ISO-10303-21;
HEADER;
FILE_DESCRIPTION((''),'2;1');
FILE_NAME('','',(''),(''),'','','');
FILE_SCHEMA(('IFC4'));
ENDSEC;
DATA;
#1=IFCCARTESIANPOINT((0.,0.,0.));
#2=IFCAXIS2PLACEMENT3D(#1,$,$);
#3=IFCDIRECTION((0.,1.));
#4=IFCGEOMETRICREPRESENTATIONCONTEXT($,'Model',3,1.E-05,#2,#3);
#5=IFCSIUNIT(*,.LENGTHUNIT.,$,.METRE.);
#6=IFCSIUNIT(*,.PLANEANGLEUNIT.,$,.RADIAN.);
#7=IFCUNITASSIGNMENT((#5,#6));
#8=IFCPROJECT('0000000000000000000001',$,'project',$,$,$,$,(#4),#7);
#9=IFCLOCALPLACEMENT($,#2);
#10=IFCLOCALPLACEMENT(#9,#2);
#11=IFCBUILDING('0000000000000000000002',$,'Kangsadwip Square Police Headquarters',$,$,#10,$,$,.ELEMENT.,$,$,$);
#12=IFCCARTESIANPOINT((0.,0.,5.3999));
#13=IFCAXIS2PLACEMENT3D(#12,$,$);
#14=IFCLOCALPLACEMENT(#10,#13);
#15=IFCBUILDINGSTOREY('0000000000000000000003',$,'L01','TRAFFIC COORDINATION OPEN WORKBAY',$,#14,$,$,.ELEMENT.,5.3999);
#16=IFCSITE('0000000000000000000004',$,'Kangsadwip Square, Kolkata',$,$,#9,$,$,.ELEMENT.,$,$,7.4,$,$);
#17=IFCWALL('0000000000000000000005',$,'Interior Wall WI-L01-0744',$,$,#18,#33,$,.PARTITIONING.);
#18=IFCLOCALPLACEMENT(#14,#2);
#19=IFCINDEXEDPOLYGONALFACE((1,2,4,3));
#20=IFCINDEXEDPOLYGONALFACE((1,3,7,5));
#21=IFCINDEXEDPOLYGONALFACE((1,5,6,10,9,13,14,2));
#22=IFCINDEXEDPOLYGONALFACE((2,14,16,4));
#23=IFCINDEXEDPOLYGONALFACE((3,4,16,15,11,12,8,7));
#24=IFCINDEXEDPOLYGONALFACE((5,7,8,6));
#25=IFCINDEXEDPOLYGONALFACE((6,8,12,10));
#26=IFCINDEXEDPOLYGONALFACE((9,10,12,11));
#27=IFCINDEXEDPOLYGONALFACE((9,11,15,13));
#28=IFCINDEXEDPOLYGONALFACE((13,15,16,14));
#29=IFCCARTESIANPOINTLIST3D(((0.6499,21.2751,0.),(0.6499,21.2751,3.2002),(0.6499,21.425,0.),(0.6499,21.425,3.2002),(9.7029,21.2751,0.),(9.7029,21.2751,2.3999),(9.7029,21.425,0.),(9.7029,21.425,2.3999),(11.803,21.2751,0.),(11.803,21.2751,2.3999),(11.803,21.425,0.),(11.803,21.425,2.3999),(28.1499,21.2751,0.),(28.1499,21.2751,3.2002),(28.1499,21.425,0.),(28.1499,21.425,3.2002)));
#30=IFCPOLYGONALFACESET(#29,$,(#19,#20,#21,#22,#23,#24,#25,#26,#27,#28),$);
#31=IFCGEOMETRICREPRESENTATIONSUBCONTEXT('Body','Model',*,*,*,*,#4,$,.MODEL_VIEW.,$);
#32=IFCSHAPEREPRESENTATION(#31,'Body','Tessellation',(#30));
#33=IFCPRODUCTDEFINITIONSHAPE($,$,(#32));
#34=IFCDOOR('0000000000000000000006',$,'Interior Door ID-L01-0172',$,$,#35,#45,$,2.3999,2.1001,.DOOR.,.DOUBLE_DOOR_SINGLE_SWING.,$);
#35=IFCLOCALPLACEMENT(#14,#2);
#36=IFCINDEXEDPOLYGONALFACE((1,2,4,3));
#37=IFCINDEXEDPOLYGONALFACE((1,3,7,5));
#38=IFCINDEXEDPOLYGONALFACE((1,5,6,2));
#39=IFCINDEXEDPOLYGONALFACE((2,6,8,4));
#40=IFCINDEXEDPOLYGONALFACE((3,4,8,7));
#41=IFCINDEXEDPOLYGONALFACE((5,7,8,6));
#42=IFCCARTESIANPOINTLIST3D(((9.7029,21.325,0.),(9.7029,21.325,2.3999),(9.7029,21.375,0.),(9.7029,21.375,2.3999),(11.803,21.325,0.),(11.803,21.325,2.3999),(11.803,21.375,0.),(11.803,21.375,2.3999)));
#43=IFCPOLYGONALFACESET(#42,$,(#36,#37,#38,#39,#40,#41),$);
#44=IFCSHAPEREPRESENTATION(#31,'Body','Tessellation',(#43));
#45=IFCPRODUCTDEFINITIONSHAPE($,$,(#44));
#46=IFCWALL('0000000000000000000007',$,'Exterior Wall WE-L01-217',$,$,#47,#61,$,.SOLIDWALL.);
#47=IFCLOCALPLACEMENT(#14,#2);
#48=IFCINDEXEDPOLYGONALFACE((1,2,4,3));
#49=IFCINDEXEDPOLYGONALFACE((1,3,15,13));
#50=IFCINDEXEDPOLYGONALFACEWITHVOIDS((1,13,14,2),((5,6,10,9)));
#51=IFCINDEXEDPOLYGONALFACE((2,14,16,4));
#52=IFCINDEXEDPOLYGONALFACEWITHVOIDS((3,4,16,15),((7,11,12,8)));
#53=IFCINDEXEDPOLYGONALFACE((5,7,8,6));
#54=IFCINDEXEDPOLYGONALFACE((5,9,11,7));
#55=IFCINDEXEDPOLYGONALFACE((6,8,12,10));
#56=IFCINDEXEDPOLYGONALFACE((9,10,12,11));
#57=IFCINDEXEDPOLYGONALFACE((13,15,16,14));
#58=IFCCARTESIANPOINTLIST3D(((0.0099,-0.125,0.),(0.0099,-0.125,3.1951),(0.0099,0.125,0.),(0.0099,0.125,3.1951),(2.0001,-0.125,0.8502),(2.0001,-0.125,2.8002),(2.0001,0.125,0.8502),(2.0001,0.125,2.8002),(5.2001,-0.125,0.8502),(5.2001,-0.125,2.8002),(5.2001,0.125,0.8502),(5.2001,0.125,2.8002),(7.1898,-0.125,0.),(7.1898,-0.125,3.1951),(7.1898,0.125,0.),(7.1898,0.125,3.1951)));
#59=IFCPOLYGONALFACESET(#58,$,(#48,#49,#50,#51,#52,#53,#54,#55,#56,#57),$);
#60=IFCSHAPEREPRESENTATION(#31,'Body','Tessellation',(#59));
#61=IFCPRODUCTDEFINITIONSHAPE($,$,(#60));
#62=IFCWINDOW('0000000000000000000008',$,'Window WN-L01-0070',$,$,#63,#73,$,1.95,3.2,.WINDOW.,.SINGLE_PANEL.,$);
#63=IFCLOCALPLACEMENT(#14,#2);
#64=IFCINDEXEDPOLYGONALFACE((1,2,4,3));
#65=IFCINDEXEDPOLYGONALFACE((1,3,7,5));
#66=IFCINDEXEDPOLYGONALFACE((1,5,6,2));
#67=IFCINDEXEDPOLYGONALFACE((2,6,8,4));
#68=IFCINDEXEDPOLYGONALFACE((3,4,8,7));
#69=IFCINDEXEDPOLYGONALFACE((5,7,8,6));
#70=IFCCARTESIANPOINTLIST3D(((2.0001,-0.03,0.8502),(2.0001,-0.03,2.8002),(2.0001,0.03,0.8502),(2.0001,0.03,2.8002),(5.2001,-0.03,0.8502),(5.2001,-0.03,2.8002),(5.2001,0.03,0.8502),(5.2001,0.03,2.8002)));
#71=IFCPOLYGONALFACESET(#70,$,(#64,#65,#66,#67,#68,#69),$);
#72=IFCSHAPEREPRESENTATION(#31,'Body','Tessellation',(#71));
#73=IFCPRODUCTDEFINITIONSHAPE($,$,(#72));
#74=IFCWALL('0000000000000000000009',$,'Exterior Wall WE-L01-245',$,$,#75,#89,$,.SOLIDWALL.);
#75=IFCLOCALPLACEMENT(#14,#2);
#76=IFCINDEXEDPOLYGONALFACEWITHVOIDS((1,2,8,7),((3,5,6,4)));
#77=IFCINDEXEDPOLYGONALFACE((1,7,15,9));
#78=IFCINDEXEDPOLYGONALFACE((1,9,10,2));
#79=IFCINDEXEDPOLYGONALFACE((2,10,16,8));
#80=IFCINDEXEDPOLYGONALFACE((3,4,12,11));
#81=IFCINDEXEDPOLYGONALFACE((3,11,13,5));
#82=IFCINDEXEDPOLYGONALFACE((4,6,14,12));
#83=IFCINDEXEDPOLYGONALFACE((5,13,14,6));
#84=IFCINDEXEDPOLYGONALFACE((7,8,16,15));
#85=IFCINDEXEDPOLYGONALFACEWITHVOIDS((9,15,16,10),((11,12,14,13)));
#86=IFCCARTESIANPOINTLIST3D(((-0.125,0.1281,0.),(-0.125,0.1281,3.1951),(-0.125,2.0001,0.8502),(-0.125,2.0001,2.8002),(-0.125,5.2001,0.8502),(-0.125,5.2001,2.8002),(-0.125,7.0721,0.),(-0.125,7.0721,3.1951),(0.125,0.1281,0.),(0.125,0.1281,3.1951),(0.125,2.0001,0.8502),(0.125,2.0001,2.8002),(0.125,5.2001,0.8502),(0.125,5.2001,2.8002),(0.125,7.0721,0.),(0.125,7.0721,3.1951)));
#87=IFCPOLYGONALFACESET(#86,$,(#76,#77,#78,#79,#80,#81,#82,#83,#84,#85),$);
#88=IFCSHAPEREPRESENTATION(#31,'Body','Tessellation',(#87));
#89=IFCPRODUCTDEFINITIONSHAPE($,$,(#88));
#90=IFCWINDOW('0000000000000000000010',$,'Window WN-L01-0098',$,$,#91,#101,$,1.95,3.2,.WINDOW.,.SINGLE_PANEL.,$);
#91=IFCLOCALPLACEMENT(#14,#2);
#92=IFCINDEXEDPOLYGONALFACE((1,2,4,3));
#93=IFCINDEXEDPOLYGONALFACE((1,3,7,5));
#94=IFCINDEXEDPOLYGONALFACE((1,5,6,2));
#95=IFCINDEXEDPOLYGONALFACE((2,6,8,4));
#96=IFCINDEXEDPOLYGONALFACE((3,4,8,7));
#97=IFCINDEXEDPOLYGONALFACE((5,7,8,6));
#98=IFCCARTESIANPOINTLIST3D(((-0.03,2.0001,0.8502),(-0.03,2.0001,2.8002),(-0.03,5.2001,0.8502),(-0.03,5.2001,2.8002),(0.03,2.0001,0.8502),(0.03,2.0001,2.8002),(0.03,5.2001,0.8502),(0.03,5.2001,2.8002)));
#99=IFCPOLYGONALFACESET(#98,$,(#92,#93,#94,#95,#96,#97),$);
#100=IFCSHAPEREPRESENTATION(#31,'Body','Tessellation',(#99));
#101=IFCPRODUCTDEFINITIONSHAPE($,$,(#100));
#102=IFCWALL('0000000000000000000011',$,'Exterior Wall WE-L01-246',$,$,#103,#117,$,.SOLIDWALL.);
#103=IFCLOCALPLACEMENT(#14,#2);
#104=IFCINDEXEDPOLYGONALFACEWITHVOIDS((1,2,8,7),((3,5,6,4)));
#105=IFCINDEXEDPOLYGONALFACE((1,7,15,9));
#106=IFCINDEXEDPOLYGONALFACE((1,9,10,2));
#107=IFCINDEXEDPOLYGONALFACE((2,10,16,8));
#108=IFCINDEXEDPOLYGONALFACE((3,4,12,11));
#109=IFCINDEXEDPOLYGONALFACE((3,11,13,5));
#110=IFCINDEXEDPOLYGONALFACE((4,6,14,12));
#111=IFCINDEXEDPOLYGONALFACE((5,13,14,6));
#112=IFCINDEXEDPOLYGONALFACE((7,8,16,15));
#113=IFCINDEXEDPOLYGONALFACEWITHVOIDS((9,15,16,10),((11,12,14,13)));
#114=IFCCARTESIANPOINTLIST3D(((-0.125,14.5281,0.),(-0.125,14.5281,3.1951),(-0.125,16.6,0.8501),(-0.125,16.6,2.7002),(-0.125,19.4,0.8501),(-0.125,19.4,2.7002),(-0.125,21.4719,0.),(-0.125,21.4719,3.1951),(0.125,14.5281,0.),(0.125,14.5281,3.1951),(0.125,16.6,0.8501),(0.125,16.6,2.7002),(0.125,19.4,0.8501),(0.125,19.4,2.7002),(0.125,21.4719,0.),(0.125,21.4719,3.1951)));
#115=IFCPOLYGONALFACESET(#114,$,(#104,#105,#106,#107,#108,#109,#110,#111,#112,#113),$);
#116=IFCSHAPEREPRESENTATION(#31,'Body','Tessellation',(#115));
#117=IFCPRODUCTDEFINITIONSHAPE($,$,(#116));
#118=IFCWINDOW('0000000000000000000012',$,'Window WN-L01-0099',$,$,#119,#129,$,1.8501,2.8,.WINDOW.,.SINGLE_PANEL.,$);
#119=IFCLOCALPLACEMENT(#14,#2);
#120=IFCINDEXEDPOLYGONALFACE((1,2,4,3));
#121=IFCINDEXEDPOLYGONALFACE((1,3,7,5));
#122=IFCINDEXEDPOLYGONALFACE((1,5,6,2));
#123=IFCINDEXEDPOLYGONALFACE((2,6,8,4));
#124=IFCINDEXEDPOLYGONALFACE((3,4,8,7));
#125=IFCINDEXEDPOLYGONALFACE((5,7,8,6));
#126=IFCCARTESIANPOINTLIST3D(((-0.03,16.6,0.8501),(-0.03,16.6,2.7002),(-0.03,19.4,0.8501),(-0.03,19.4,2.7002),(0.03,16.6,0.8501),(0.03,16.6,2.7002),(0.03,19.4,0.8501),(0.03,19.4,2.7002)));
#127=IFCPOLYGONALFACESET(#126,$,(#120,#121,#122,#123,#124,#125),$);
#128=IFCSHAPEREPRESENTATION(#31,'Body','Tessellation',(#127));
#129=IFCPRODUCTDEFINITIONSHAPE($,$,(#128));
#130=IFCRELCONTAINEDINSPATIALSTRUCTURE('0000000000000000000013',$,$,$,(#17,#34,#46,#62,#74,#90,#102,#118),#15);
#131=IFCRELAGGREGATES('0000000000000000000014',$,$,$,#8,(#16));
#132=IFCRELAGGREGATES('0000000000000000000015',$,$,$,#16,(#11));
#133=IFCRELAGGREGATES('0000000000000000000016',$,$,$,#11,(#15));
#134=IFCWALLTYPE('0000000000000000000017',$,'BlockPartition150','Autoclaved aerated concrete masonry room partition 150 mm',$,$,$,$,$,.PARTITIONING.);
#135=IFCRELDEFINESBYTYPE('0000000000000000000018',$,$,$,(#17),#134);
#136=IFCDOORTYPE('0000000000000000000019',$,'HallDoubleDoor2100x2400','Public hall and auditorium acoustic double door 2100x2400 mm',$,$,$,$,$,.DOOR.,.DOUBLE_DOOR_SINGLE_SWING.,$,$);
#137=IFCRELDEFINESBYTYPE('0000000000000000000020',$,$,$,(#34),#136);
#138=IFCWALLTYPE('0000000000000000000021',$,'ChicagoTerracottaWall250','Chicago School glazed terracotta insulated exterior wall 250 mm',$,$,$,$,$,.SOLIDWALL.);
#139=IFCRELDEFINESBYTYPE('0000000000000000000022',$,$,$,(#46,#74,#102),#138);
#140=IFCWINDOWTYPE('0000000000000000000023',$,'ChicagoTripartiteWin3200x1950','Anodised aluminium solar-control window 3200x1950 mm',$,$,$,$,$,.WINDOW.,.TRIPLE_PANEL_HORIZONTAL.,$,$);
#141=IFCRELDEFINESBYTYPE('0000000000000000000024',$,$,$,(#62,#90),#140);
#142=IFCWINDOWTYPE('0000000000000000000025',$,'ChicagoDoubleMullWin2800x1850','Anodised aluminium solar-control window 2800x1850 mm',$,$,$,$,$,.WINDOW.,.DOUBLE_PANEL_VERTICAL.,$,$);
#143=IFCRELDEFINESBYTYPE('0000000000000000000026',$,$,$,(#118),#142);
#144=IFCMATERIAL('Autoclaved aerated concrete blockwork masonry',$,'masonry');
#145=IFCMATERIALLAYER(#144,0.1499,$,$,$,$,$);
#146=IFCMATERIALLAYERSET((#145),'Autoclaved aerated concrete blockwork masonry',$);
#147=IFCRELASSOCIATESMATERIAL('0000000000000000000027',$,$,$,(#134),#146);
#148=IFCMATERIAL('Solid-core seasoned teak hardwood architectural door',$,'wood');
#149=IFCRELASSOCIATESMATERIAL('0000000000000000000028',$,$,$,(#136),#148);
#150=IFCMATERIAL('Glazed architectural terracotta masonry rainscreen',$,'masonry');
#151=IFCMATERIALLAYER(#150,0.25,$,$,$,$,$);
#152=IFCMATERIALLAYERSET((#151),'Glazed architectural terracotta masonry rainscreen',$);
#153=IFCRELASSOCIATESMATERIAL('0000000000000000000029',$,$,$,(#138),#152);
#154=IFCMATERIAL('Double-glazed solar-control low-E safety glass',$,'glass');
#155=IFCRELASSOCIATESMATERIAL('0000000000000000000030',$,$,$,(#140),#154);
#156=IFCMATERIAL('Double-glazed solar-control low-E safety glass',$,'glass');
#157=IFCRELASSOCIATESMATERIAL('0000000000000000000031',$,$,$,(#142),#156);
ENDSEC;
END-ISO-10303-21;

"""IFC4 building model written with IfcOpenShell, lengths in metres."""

from ifc_helpers import new_model, si_unit, direction, frame, frame_2d, origin, place, context, subcontext, project, spatial, rectangle, extrude, material, layer, layer_set, type_object, element, fill, save


model = new_model("IFC4")

# Units and contexts
model_context = context("Model", 3, precision=1e-05, world=origin(), true_north=direction((0.0, 1.0)))
body_context = subcontext(model_context, "Body", "Model", "MODEL_VIEW")
ifc_project = project(units=[si_unit("LENGTHUNIT", "METRE"), si_unit("PLANEANGLEUNIT", "RADIAN")], contexts=[model_context])

# Site, building, storey
site_placement = place(None, origin())
site = spatial("IfcSite", under=ifc_project, at=site_placement, Name="Kangsadwip Square, Kolkata", CompositionType="ELEMENT", RefElevation=7.4)
building_placement = place(site_placement, origin())
building = spatial("IfcBuilding", under=site, at=building_placement, Name="Kangsadwip Square Police Headquarters", CompositionType="ELEMENT")
storey_placement = place(building_placement, frame((0.0, 0.0, 5.3999)))
storey = spatial("IfcBuildingStorey", under=building, at=storey_placement, Name="L01", Description="TRAFFIC COORDINATION OPEN WORKBAY", CompositionType="ELEMENT", Elevation=5.3999)

# Wall, opening, door
ifc_material_1 = material(Name="Autoclaved aerated concrete blockwork masonry", Category="masonry")
ifc_layer_1 = layer(ifc_material_1, 0.1499)
ifc_layer_set_1 = layer_set([ifc_layer_1], Name="Autoclaved aerated concrete blockwork masonry")
wall_type_1 = type_object("IfcWallType", Name="BlockPartition150", Description="Autoclaved aerated concrete masonry room partition 150 mm", PredefinedType="PARTITIONING", material=ifc_layer_set_1)
wall_1_placement = place(storey_placement, frame((0.6499, 21.3501, 0.0), z_axis=(0.0, 0.0, 1.0), x_axis=(1.0, 0.0, 0.0)))
wall_1 = element("IfcWall", 1, at=wall_1_placement, inside=storey, type_object=wall_type_1, Name="Interior Wall WI-L01-0744", PredefinedType="PARTITIONING", context=body_context, shape_type="SweptSolid", body=[
    extrude(rectangle(XDim=27.5, YDim=0.1499, at=frame_2d((13.75, 0.0))), origin(), (0.0, 0.0, 1.0), 3.2002),
])
opening_1_placement = place(wall_1_placement, frame((9.053, 0.0, 0.0)))
opening_1 = element("IfcOpeningElement", 2, at=opening_1_placement, cuts=wall_1, PredefinedType="OPENING", context=body_context, shape_type="SweptSolid", body=[
    extrude(rectangle(XDim=2.1001, YDim=2.3999, at=frame_2d((1.05, 1.2))), frame((0.0, 0.085, 0.0), z_axis=(0.0, -1.0, 0.0), x_axis=(1.0, 0.0, 0.0)), (0.0, 0.0, 1.0), 0.1699),
])
ifc_material_2 = material(Name="Solid-core seasoned teak hardwood architectural door", Category="wood")
door_type = type_object("IfcDoorType", Name="HallDoubleDoor2100x2400", Description="Public hall and auditorium acoustic double door 2100x2400 mm", OperationType="DOUBLE_DOOR_SINGLE_SWING", PredefinedType="DOOR", material=ifc_material_2)
door_placement = place(opening_1_placement, origin())
door = element("IfcDoor", 3, at=door_placement, inside=storey, type_object=door_type, Name="Interior Door ID-L01-0172", OperationType="DOUBLE_DOOR_SINGLE_SWING", OverallHeight=2.3999, OverallWidth=2.1001, PredefinedType="DOOR", context=body_context, shape_type="SweptSolid", body=[
    extrude(rectangle(XDim=2.1001, YDim=2.3999, at=frame_2d((1.05, 1.2))), frame((0.0, 0.0249, 0.0), z_axis=(0.0, -1.0, 0.0), x_axis=(1.0, 0.0, 0.0)), (0.0, 0.0, 1.0), 0.05),
])
fill(opening_1, door)

# Walls, openings, windows
ifc_material_3 = material(Name="Glazed architectural terracotta masonry rainscreen", Category="masonry")
ifc_layer_2 = layer(ifc_material_3, 0.25)
ifc_layer_set_2 = layer_set([ifc_layer_2], Name="Glazed architectural terracotta masonry rainscreen")
wall_type_2 = type_object("IfcWallType", Name="ChicagoTerracottaWall250", Description="Chicago School glazed terracotta insulated exterior wall 250 mm", PredefinedType="SOLIDWALL", material=ifc_layer_set_2)
wall_2_placement = place(storey_placement, frame((0.01, 0.0, 0.0), z_axis=(0.0, 0.0, 1.0), x_axis=(1.0, 0.0, 0.0)))
wall_2 = element("IfcWall", 4, at=wall_2_placement, inside=storey, type_object=wall_type_2, Name="Exterior Wall WE-L01-217", PredefinedType="SOLIDWALL", context=body_context, shape_type="SweptSolid", body=[
    extrude(rectangle(XDim=7.1799, YDim=0.25, at=frame_2d((3.5898, 0.0))), origin(), (0.0, 0.0, 1.0), 3.1951),
])
opening_2_placement = place(wall_2_placement, frame((1.99, 0.0, 0.8501)))
opening_2 = element("IfcOpeningElement", 5, at=opening_2_placement, cuts=wall_2, PredefinedType="OPENING", context=body_context, shape_type="SweptSolid", body=[
    extrude(rectangle(XDim=3.2, YDim=1.95, at=frame_2d((1.6001, 0.9751))), frame((0.0, 0.135, 0.0), z_axis=(0.0, -1.0, 0.0), x_axis=(1.0, 0.0, 0.0)), (0.0, 0.0, 1.0), 0.27),
])
ifc_material_4 = material(Name="Double-glazed solar-control low-E safety glass", Category="glass")
window_type_1 = type_object("IfcWindowType", Name="ChicagoTripartiteWin3200x1950", Description="Anodised aluminium solar-control window 3200x1950 mm", PartitioningType="TRIPLE_PANEL_HORIZONTAL", PredefinedType="WINDOW", material=ifc_material_4)
window_1_placement = place(opening_2_placement, origin())
window_1 = element("IfcWindow", 6, at=window_1_placement, inside=storey, type_object=window_type_1, Name="Window WN-L01-0070", OverallHeight=1.95, OverallWidth=3.2, PartitioningType="SINGLE_PANEL", PredefinedType="WINDOW", context=body_context, shape_type="SweptSolid", body=[
    extrude(rectangle(XDim=3.2, YDim=1.95, at=frame_2d((1.6001, 0.9751))), frame((0.0, 0.03, 0.0), z_axis=(0.0, -1.0, 0.0), x_axis=(1.0, 0.0, 0.0)), (0.0, 0.0, 1.0), 0.0601),
])
fill(opening_2, window_1)
wall_3_placement = place(storey_placement, frame((0.0, 0.1279, 0.0), z_axis=(0.0, 0.0, 1.0), x_axis=(0.0, 1.0, 0.0)))
wall_3 = element("IfcWall", 7, at=wall_3_placement, inside=storey, type_object=wall_type_2, Name="Exterior Wall WE-L01-245", PredefinedType="SOLIDWALL", context=body_context, shape_type="SweptSolid", body=[
    extrude(rectangle(XDim=6.9441, YDim=0.25, at=frame_2d((3.4722, 0.0))), origin(), (0.0, 0.0, 1.0), 3.1951),
])
opening_3_placement = place(wall_3_placement, frame((1.8721, 0.0, 0.8501)))
opening_3 = element("IfcOpeningElement", 8, at=opening_3_placement, cuts=wall_3, PredefinedType="OPENING", context=body_context, shape_type="SweptSolid", body=[
    extrude(rectangle(XDim=3.2, YDim=1.95, at=frame_2d((1.6001, 0.9751))), frame((0.0, 0.135, 0.0), z_axis=(0.0, -1.0, 0.0), x_axis=(1.0, 0.0, 0.0)), (0.0, 0.0, 1.0), 0.27),
])
window_2_placement = place(opening_3_placement, origin())
window_2 = element("IfcWindow", 9, at=window_2_placement, inside=storey, type_object=window_type_1, Name="Window WN-L01-0098", OverallHeight=1.95, OverallWidth=3.2, PartitioningType="SINGLE_PANEL", PredefinedType="WINDOW", context=body_context, shape_type="SweptSolid", body=[
    extrude(rectangle(XDim=3.2, YDim=1.95, at=frame_2d((1.6001, 0.9751))), frame((0.0, 0.03, 0.0), z_axis=(0.0, -1.0, 0.0), x_axis=(1.0, 0.0, 0.0)), (0.0, 0.0, 1.0), 0.0601),
])
fill(opening_3, window_2)
wall_4_placement = place(storey_placement, frame((0.0, 14.5281, 0.0), z_axis=(0.0, 0.0, 1.0), x_axis=(0.0, 1.0, 0.0)))
wall_4 = element("IfcWall", 10, at=wall_4_placement, inside=storey, type_object=wall_type_2, Name="Exterior Wall WE-L01-246", PredefinedType="SOLIDWALL", context=body_context, shape_type="SweptSolid", body=[
    extrude(rectangle(XDim=6.9438, YDim=0.25, at=frame_2d((3.4719, 0.0))), origin(), (0.0, 0.0, 1.0), 3.1951),
])
opening_4_placement = place(wall_4_placement, frame((2.072, 0.0, 0.8501)))
opening_4 = element("IfcOpeningElement", 11, at=opening_4_placement, cuts=wall_4, PredefinedType="OPENING", context=body_context, shape_type="SweptSolid", body=[
    extrude(rectangle(XDim=2.8, YDim=1.8501, at=frame_2d((1.3999, 0.925))), frame((0.0, 0.135, 0.0), z_axis=(0.0, -1.0, 0.0), x_axis=(1.0, 0.0, 0.0)), (0.0, 0.0, 1.0), 0.27),
])
ifc_material_5 = material(Name="Double-glazed solar-control low-E safety glass", Category="glass")
window_type_2 = type_object("IfcWindowType", Name="ChicagoDoubleMullWin2800x1850", Description="Anodised aluminium solar-control window 2800x1850 mm", PartitioningType="DOUBLE_PANEL_VERTICAL", PredefinedType="WINDOW", material=ifc_material_5)
window_3_placement = place(opening_4_placement, origin())
window_3 = element("IfcWindow", 12, at=window_3_placement, inside=storey, type_object=window_type_2, Name="Window WN-L01-0099", OverallHeight=1.8501, OverallWidth=2.8, PartitioningType="SINGLE_PANEL", PredefinedType="WINDOW", context=body_context, shape_type="SweptSolid", body=[
    extrude(rectangle(XDim=2.8, YDim=1.8501, at=frame_2d((1.3999, 0.925))), frame((0.0, 0.03, 0.0), z_axis=(0.0, -1.0, 0.0), x_axis=(1.0, 0.0, 0.0)), (0.0, 0.0, 1.0), 0.0601),
])
fill(opening_4, window_3)

save(model, "model.ifc")
